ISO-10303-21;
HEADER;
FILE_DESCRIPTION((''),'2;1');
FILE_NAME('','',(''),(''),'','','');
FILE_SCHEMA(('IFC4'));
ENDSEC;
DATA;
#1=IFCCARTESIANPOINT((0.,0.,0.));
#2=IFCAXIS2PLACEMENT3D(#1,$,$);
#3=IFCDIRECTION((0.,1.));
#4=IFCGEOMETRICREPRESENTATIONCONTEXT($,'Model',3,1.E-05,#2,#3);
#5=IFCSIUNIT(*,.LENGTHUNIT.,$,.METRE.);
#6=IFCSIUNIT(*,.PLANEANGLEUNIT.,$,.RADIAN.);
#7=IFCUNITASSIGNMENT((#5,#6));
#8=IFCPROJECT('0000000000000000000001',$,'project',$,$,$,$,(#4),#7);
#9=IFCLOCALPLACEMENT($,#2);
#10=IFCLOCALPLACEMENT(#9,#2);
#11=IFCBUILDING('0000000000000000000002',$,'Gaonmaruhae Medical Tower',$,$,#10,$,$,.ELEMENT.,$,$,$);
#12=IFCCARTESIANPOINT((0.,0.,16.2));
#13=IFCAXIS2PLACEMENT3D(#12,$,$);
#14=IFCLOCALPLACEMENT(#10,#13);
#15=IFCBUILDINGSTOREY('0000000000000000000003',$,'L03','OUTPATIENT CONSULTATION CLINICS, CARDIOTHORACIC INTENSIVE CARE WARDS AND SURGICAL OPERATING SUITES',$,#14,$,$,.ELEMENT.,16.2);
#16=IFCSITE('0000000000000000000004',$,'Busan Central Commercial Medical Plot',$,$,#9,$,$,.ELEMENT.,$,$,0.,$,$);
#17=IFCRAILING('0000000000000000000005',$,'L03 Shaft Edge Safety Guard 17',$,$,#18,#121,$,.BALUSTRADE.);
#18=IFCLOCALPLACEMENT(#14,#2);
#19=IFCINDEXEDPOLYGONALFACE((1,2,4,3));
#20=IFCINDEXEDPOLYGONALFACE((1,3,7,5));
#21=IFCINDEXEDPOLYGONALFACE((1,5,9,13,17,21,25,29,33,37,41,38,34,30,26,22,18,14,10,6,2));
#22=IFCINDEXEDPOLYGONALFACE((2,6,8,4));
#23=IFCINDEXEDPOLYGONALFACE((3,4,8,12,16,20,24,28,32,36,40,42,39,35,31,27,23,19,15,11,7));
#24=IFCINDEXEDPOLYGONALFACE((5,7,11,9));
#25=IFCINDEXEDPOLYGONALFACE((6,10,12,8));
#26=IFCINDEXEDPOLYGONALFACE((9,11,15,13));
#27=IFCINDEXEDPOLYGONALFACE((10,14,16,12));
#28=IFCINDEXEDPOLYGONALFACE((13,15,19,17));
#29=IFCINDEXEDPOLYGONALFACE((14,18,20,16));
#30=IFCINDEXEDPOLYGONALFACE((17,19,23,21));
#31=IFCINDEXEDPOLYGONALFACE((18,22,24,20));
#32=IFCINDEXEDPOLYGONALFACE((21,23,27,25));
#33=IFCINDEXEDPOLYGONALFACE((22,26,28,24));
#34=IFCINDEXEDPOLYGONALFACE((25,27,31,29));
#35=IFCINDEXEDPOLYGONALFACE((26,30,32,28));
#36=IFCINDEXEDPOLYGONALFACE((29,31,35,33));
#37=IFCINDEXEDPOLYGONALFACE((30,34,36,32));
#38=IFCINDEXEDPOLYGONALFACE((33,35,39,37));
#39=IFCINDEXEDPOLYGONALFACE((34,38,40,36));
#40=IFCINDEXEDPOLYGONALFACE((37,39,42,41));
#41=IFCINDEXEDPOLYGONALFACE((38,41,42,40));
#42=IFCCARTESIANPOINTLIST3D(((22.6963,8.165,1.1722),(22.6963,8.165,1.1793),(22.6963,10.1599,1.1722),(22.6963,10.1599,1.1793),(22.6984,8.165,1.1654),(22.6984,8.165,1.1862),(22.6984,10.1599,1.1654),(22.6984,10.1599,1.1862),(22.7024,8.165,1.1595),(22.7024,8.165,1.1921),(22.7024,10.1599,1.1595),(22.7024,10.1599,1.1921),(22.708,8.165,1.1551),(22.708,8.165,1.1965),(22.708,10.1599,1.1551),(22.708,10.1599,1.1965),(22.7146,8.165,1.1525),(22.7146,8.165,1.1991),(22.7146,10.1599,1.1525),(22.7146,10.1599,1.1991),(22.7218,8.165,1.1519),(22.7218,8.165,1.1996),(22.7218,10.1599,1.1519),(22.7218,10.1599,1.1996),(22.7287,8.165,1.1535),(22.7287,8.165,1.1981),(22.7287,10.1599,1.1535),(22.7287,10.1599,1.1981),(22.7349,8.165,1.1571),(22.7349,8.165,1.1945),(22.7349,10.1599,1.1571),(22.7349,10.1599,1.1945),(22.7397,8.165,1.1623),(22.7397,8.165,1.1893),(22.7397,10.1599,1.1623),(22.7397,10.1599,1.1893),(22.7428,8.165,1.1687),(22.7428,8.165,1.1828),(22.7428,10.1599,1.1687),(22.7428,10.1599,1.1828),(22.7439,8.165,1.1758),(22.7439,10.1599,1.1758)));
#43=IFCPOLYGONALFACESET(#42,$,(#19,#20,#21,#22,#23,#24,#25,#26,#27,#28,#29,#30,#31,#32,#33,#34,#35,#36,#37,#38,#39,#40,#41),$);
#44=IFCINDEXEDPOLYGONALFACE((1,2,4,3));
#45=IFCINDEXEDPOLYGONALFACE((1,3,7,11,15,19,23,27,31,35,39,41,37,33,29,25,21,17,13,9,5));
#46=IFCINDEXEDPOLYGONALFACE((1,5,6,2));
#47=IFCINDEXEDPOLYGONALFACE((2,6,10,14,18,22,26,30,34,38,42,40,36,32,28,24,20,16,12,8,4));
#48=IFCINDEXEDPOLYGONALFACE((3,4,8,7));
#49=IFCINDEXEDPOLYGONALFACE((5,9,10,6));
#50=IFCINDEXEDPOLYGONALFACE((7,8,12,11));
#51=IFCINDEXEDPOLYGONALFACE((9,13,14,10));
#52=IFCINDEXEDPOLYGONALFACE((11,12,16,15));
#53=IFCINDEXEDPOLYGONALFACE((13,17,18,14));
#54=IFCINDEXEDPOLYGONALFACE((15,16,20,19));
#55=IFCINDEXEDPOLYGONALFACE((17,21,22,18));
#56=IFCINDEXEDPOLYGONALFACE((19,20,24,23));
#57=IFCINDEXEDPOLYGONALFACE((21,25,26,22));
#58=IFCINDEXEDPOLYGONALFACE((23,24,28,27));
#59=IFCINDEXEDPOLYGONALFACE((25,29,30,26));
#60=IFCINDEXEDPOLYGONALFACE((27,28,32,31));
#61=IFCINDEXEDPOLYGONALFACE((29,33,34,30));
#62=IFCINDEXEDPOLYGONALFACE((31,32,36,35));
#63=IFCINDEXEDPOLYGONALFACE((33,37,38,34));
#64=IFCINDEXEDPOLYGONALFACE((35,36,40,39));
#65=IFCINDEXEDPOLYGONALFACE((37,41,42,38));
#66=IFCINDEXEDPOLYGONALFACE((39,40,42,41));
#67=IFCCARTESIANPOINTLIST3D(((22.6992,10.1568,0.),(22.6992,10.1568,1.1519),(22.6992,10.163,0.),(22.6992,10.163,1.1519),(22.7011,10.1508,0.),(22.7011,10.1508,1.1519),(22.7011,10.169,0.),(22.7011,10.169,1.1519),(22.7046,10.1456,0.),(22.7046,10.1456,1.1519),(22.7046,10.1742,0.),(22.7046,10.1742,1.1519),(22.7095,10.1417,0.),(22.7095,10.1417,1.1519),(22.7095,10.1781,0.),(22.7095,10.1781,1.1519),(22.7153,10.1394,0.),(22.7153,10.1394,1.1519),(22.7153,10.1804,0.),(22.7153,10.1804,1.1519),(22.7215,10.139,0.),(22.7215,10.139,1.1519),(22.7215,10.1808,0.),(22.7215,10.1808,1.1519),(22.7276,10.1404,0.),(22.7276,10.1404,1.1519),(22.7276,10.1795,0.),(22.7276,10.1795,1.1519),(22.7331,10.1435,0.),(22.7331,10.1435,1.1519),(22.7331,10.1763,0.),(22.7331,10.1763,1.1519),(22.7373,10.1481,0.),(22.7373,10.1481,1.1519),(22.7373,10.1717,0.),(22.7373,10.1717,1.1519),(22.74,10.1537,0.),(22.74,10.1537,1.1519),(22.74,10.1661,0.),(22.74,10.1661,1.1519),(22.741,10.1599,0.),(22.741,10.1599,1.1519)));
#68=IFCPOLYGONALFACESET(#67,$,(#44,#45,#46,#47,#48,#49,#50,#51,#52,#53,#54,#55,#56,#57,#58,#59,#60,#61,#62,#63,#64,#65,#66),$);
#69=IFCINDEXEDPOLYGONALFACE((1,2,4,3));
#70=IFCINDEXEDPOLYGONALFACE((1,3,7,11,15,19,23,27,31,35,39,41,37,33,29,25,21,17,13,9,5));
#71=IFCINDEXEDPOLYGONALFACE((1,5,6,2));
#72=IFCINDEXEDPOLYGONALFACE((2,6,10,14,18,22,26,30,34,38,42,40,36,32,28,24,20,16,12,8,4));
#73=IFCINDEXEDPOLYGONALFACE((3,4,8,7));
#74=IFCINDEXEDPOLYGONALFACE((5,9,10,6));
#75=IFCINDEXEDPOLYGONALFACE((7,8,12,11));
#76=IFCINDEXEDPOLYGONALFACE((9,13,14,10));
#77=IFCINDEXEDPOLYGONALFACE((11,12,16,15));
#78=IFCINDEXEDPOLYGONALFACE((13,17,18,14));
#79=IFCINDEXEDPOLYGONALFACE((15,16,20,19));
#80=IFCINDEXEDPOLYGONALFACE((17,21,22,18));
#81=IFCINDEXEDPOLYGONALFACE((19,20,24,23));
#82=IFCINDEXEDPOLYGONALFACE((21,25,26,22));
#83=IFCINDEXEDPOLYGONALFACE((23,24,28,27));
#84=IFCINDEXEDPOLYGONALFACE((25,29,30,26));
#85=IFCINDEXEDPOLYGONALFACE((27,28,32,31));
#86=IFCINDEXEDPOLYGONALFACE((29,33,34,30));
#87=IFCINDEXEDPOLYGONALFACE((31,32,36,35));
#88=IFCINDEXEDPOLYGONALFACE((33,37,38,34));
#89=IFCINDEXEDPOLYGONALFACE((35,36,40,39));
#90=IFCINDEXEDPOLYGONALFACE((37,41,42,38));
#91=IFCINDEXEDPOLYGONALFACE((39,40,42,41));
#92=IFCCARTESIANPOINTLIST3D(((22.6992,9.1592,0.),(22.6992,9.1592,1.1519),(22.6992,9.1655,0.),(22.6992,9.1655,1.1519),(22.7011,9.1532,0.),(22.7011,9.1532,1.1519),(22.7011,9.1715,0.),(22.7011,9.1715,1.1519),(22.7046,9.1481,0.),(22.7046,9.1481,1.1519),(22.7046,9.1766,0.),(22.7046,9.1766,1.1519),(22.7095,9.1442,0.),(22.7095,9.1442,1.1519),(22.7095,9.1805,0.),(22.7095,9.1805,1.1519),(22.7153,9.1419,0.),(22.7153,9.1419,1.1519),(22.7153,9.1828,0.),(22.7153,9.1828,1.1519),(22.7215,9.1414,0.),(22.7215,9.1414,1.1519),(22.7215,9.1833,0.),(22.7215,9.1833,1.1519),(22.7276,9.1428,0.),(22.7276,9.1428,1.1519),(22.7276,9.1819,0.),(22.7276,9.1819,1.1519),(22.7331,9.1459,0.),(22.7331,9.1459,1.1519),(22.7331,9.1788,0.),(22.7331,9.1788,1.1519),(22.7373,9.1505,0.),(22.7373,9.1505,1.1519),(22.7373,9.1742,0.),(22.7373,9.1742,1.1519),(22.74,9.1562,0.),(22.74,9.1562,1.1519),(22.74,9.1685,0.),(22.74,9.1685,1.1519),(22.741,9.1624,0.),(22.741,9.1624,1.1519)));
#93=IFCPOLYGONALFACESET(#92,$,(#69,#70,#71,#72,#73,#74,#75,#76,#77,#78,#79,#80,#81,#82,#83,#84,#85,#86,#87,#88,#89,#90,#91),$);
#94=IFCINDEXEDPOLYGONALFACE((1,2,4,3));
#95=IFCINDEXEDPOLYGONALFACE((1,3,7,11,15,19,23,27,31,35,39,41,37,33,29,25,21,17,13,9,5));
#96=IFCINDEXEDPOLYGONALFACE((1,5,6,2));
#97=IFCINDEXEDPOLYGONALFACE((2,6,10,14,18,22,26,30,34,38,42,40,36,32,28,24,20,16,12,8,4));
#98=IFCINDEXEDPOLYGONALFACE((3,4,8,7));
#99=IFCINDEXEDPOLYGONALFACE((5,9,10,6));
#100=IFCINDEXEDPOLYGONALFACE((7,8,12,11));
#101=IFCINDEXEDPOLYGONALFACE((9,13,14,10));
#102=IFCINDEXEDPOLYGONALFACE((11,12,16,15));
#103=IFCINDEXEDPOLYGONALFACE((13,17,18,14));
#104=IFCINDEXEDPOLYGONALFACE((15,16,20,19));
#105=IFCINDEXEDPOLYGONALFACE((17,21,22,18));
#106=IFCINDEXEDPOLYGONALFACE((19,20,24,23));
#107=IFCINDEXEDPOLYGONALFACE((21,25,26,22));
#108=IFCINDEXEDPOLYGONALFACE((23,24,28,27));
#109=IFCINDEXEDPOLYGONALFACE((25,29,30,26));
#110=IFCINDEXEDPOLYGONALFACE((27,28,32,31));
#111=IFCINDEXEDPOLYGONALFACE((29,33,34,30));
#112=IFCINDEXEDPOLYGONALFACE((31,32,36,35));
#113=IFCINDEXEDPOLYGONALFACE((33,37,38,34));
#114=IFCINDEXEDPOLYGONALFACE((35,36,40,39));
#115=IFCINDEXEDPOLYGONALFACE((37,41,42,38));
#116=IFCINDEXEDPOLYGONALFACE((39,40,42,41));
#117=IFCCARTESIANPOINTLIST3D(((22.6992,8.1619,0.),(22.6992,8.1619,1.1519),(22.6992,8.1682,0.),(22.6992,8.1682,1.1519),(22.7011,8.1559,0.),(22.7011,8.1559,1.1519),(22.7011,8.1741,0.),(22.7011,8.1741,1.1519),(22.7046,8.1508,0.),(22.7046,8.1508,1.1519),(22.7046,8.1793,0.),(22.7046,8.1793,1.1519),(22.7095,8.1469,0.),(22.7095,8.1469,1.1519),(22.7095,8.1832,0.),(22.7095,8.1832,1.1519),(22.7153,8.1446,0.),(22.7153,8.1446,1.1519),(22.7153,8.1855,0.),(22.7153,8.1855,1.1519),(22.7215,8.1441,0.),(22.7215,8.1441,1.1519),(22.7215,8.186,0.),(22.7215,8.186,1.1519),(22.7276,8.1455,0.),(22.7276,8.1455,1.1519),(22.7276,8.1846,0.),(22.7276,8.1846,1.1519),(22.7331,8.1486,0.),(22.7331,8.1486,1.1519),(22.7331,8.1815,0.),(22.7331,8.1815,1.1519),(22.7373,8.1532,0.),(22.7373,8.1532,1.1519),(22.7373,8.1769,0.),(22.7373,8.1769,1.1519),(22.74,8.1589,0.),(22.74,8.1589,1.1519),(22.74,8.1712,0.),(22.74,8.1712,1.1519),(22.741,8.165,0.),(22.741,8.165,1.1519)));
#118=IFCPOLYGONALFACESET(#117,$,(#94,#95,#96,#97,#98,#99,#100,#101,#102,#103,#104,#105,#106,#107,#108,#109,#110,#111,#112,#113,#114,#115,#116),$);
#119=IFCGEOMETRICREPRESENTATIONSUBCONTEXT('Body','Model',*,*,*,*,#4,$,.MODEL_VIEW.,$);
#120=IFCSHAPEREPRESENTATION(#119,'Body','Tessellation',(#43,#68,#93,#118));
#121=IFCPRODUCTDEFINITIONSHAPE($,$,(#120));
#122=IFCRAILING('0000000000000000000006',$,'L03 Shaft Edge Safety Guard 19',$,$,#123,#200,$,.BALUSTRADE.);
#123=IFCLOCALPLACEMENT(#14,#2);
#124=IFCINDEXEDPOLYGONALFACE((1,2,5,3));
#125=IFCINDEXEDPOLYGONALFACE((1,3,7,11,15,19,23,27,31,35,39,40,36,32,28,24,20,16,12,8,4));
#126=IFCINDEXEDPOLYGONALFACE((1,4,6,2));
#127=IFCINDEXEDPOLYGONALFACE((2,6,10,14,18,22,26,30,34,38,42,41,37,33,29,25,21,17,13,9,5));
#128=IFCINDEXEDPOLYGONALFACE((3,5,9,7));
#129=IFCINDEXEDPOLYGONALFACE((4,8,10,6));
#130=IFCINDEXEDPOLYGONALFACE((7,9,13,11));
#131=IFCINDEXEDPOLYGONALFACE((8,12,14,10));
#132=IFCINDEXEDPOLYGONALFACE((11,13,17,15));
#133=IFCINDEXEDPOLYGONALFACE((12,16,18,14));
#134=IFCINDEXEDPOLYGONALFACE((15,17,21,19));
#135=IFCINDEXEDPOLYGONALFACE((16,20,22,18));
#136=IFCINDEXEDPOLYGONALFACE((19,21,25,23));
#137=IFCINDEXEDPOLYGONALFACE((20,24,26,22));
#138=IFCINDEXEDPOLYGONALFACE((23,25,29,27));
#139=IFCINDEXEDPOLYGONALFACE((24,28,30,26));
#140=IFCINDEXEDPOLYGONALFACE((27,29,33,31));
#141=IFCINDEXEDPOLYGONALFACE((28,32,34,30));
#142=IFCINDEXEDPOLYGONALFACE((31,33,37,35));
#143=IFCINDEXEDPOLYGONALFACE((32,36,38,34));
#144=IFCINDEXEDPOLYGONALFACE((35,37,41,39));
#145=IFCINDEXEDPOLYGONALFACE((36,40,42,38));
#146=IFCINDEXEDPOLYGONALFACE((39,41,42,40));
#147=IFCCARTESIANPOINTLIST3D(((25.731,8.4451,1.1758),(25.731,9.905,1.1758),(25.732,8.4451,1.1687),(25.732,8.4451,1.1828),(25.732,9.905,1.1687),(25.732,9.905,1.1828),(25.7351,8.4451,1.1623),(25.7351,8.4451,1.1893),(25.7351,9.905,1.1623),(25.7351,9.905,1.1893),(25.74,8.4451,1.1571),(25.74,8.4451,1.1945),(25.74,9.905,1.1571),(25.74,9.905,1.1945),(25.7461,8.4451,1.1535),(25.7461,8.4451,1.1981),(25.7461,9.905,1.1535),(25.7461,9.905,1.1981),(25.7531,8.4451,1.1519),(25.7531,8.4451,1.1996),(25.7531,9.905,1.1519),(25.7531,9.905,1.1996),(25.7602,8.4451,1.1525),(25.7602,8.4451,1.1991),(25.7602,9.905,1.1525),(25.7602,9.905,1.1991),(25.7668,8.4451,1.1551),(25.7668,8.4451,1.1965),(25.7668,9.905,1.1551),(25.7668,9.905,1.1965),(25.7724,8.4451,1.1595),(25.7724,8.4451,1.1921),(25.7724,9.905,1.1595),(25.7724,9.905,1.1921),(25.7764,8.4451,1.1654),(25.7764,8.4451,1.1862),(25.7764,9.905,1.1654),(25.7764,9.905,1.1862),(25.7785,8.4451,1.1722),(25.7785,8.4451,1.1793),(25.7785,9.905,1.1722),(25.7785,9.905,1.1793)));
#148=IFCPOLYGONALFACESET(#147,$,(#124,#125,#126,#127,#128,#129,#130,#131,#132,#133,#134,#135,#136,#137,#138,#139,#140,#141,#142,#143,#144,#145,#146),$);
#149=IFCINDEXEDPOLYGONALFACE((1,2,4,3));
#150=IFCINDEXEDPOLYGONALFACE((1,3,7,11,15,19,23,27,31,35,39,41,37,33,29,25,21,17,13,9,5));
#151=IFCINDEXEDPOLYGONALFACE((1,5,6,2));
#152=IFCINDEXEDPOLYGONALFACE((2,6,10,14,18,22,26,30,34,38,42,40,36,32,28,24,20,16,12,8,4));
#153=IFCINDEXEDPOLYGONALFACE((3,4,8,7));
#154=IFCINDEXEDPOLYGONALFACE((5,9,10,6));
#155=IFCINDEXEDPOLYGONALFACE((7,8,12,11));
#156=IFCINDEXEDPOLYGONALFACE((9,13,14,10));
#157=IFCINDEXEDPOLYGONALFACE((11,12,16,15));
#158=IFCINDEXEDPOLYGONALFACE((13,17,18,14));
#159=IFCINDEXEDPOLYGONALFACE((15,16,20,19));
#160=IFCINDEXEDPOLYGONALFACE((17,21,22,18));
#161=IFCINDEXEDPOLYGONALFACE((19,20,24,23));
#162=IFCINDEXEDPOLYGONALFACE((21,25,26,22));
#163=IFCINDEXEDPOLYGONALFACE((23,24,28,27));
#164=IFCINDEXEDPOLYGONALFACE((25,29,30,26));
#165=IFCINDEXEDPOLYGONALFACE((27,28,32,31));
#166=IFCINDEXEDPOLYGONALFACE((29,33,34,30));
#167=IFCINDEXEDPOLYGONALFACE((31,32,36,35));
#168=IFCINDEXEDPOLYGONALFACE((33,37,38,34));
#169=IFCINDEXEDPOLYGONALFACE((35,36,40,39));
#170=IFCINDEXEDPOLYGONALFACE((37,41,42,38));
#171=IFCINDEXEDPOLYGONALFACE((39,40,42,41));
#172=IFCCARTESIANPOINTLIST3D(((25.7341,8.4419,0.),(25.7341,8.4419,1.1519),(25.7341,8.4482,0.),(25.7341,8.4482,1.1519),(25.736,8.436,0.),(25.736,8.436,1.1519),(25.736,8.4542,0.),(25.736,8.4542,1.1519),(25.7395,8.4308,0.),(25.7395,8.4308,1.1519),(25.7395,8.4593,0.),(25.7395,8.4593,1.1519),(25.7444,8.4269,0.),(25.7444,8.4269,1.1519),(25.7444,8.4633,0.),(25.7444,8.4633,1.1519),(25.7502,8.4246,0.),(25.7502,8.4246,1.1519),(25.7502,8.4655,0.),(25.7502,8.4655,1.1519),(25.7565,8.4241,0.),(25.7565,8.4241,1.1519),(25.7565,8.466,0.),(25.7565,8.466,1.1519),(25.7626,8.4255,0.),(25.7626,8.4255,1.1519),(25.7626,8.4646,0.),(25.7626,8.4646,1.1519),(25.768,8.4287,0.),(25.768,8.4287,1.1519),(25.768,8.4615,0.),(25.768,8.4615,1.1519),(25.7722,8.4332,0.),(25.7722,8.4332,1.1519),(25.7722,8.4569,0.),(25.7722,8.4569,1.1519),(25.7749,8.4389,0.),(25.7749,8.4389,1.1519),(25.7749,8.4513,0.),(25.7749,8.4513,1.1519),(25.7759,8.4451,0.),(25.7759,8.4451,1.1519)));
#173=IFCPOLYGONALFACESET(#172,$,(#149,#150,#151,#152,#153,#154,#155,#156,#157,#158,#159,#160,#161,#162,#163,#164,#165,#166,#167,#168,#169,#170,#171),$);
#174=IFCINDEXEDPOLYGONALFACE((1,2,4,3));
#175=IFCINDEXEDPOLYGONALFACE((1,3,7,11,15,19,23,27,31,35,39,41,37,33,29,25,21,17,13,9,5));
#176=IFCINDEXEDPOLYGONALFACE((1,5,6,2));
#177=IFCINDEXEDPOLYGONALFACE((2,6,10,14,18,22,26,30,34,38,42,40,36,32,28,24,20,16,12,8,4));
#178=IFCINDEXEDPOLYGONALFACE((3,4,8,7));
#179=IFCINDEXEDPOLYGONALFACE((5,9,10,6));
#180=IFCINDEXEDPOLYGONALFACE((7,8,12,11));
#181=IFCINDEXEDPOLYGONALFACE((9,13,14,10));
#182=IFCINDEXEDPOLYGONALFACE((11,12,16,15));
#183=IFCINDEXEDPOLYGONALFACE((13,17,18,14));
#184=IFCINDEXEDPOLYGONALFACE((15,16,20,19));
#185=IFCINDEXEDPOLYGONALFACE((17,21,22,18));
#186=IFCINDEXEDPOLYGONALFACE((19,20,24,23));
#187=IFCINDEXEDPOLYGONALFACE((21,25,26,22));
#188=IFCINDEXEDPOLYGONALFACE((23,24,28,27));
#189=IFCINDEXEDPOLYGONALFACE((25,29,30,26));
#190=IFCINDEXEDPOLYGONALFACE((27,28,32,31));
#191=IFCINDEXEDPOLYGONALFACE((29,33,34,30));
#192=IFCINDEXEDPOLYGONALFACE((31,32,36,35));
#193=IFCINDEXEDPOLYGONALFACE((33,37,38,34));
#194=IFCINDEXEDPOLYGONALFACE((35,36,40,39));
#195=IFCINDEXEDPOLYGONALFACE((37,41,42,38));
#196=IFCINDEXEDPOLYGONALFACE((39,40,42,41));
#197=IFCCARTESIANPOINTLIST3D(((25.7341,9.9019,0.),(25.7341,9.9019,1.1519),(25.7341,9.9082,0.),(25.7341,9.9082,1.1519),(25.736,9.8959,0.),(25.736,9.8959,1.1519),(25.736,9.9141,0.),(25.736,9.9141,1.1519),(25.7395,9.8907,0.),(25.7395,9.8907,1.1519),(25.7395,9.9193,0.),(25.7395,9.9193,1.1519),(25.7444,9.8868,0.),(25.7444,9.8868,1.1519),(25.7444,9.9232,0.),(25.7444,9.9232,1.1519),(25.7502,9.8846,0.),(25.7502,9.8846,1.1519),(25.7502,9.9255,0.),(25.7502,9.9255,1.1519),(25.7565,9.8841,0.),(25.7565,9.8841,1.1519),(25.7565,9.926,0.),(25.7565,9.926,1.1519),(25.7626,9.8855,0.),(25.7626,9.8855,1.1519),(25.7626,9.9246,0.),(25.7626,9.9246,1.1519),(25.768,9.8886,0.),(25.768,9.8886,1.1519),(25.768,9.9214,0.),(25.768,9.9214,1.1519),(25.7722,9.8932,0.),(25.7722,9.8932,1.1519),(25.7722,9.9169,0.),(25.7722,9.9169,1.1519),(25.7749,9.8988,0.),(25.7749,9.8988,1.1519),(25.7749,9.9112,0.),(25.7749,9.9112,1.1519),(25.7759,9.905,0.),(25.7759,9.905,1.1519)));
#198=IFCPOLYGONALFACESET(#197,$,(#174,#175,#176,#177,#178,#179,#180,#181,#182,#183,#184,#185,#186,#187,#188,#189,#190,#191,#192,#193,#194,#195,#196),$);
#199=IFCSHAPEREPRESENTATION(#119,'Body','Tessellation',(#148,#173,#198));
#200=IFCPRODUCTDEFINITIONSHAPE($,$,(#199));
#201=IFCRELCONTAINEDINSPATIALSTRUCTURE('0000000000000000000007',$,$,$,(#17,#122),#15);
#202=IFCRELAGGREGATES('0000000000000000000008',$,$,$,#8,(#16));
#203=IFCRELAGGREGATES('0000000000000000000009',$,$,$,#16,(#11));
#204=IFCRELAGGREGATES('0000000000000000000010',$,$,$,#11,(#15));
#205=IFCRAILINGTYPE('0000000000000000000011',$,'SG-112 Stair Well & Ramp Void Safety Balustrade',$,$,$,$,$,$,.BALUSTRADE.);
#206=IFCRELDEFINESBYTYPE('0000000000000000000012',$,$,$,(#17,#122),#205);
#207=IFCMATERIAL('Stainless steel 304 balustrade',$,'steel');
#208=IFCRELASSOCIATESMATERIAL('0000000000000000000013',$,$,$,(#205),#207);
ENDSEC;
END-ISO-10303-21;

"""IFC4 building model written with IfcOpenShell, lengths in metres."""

from ifc_helpers import new_model, si_unit, direction, frame, origin, origin_2d, place, context, subcontext, project, spatial, circle, extrude, material, type_object, element, save


model = new_model("IFC4")

# Units and contexts
model_context = context("Model", 3, precision=1e-05, world=origin(), true_north=direction((0.0, 1.0)))
body_context = subcontext(model_context, "Body", "Model", "MODEL_VIEW")
ifc_project = project(units=[si_unit("LENGTHUNIT", "METRE"), si_unit("PLANEANGLEUNIT", "RADIAN")], contexts=[model_context])

# Site, building, storey
site_placement = place(None, origin())
site = spatial("IfcSite", under=ifc_project, at=site_placement, Name="Busan Central Commercial Medical Plot", CompositionType="ELEMENT", RefElevation=0.0)
building_placement = place(site_placement, origin())
building = spatial("IfcBuilding", under=site, at=building_placement, Name="Gaonmaruhae Medical Tower", CompositionType="ELEMENT")
storey_placement = place(building_placement, frame((0.0, 0.0, 16.2)))
storey = spatial("IfcBuildingStorey", under=building, at=storey_placement, Name="L03", Description="OUTPATIENT CONSULTATION CLINICS, CARDIOTHORACIC INTENSIVE CARE WARDS AND SURGICAL OPERATING SUITES", CompositionType="ELEMENT", Elevation=16.2)

# Railings
ifc_material_1 = material(Name="Stainless steel 304 balustrade", Category="steel")
railing_type_1 = type_object("IfcRailingType", Name="SG-112 Stair Well & Ramp Void Safety Balustrade", PredefinedType="BALUSTRADE", material=ifc_material_1)
railing_1_placement = place(storey_placement, frame((22.72, 10.1599, 0.0)))
element("IfcRailing", 1, at=railing_1_placement, inside=storey, type_object=railing_type_1, Name="L03 Shaft Edge Safety Guard 17", PredefinedType="BALUSTRADE", context=body_context, shape_type="SweptSolid", body=[
    extrude(circle(Radius=0.0239, at=origin_2d()), frame((0.0, 0.0, 1.1758), z_axis=(0.0, -1.0, 0.0), x_axis=(1.0, 0.0, 0.0)), (0.0, 0.0, 1.0), 1.9949),
    extrude(circle(Radius=0.021, at=origin_2d()), origin(), (0.0, 0.0, 1.0), 1.1519),
    extrude(circle(Radius=0.021, at=origin_2d()), frame((0.0, -0.9976, 0.0)), (0.0, 0.0, 1.0), 1.1519),
    extrude(circle(Radius=0.021, at=origin_2d()), frame((0.0, -1.9949, 0.0)), (0.0, 0.0, 1.0), 1.1519),
])
railing_2_placement = place(storey_placement, frame((25.7549, 8.4451, 0.0)))
element("IfcRailing", 2, at=railing_2_placement, inside=storey, type_object=railing_type_1, Name="L03 Shaft Edge Safety Guard 19", PredefinedType="BALUSTRADE", context=body_context, shape_type="SweptSolid", body=[
    extrude(circle(Radius=0.0239, at=origin_2d()), frame((0.0, 0.0, 1.1758), z_axis=(0.0, 1.0, 0.0), x_axis=(-1.0, 0.0, 0.0)), (0.0, 0.0, 1.0), 1.46),
    extrude(circle(Radius=0.021, at=origin_2d()), origin(), (0.0, 0.0, 1.0), 1.1519),
    extrude(circle(Radius=0.021, at=origin_2d()), frame((0.0, 1.46, 0.0)), (0.0, 0.0, 1.0), 1.1519),
])

save(model, "model.ifc")
